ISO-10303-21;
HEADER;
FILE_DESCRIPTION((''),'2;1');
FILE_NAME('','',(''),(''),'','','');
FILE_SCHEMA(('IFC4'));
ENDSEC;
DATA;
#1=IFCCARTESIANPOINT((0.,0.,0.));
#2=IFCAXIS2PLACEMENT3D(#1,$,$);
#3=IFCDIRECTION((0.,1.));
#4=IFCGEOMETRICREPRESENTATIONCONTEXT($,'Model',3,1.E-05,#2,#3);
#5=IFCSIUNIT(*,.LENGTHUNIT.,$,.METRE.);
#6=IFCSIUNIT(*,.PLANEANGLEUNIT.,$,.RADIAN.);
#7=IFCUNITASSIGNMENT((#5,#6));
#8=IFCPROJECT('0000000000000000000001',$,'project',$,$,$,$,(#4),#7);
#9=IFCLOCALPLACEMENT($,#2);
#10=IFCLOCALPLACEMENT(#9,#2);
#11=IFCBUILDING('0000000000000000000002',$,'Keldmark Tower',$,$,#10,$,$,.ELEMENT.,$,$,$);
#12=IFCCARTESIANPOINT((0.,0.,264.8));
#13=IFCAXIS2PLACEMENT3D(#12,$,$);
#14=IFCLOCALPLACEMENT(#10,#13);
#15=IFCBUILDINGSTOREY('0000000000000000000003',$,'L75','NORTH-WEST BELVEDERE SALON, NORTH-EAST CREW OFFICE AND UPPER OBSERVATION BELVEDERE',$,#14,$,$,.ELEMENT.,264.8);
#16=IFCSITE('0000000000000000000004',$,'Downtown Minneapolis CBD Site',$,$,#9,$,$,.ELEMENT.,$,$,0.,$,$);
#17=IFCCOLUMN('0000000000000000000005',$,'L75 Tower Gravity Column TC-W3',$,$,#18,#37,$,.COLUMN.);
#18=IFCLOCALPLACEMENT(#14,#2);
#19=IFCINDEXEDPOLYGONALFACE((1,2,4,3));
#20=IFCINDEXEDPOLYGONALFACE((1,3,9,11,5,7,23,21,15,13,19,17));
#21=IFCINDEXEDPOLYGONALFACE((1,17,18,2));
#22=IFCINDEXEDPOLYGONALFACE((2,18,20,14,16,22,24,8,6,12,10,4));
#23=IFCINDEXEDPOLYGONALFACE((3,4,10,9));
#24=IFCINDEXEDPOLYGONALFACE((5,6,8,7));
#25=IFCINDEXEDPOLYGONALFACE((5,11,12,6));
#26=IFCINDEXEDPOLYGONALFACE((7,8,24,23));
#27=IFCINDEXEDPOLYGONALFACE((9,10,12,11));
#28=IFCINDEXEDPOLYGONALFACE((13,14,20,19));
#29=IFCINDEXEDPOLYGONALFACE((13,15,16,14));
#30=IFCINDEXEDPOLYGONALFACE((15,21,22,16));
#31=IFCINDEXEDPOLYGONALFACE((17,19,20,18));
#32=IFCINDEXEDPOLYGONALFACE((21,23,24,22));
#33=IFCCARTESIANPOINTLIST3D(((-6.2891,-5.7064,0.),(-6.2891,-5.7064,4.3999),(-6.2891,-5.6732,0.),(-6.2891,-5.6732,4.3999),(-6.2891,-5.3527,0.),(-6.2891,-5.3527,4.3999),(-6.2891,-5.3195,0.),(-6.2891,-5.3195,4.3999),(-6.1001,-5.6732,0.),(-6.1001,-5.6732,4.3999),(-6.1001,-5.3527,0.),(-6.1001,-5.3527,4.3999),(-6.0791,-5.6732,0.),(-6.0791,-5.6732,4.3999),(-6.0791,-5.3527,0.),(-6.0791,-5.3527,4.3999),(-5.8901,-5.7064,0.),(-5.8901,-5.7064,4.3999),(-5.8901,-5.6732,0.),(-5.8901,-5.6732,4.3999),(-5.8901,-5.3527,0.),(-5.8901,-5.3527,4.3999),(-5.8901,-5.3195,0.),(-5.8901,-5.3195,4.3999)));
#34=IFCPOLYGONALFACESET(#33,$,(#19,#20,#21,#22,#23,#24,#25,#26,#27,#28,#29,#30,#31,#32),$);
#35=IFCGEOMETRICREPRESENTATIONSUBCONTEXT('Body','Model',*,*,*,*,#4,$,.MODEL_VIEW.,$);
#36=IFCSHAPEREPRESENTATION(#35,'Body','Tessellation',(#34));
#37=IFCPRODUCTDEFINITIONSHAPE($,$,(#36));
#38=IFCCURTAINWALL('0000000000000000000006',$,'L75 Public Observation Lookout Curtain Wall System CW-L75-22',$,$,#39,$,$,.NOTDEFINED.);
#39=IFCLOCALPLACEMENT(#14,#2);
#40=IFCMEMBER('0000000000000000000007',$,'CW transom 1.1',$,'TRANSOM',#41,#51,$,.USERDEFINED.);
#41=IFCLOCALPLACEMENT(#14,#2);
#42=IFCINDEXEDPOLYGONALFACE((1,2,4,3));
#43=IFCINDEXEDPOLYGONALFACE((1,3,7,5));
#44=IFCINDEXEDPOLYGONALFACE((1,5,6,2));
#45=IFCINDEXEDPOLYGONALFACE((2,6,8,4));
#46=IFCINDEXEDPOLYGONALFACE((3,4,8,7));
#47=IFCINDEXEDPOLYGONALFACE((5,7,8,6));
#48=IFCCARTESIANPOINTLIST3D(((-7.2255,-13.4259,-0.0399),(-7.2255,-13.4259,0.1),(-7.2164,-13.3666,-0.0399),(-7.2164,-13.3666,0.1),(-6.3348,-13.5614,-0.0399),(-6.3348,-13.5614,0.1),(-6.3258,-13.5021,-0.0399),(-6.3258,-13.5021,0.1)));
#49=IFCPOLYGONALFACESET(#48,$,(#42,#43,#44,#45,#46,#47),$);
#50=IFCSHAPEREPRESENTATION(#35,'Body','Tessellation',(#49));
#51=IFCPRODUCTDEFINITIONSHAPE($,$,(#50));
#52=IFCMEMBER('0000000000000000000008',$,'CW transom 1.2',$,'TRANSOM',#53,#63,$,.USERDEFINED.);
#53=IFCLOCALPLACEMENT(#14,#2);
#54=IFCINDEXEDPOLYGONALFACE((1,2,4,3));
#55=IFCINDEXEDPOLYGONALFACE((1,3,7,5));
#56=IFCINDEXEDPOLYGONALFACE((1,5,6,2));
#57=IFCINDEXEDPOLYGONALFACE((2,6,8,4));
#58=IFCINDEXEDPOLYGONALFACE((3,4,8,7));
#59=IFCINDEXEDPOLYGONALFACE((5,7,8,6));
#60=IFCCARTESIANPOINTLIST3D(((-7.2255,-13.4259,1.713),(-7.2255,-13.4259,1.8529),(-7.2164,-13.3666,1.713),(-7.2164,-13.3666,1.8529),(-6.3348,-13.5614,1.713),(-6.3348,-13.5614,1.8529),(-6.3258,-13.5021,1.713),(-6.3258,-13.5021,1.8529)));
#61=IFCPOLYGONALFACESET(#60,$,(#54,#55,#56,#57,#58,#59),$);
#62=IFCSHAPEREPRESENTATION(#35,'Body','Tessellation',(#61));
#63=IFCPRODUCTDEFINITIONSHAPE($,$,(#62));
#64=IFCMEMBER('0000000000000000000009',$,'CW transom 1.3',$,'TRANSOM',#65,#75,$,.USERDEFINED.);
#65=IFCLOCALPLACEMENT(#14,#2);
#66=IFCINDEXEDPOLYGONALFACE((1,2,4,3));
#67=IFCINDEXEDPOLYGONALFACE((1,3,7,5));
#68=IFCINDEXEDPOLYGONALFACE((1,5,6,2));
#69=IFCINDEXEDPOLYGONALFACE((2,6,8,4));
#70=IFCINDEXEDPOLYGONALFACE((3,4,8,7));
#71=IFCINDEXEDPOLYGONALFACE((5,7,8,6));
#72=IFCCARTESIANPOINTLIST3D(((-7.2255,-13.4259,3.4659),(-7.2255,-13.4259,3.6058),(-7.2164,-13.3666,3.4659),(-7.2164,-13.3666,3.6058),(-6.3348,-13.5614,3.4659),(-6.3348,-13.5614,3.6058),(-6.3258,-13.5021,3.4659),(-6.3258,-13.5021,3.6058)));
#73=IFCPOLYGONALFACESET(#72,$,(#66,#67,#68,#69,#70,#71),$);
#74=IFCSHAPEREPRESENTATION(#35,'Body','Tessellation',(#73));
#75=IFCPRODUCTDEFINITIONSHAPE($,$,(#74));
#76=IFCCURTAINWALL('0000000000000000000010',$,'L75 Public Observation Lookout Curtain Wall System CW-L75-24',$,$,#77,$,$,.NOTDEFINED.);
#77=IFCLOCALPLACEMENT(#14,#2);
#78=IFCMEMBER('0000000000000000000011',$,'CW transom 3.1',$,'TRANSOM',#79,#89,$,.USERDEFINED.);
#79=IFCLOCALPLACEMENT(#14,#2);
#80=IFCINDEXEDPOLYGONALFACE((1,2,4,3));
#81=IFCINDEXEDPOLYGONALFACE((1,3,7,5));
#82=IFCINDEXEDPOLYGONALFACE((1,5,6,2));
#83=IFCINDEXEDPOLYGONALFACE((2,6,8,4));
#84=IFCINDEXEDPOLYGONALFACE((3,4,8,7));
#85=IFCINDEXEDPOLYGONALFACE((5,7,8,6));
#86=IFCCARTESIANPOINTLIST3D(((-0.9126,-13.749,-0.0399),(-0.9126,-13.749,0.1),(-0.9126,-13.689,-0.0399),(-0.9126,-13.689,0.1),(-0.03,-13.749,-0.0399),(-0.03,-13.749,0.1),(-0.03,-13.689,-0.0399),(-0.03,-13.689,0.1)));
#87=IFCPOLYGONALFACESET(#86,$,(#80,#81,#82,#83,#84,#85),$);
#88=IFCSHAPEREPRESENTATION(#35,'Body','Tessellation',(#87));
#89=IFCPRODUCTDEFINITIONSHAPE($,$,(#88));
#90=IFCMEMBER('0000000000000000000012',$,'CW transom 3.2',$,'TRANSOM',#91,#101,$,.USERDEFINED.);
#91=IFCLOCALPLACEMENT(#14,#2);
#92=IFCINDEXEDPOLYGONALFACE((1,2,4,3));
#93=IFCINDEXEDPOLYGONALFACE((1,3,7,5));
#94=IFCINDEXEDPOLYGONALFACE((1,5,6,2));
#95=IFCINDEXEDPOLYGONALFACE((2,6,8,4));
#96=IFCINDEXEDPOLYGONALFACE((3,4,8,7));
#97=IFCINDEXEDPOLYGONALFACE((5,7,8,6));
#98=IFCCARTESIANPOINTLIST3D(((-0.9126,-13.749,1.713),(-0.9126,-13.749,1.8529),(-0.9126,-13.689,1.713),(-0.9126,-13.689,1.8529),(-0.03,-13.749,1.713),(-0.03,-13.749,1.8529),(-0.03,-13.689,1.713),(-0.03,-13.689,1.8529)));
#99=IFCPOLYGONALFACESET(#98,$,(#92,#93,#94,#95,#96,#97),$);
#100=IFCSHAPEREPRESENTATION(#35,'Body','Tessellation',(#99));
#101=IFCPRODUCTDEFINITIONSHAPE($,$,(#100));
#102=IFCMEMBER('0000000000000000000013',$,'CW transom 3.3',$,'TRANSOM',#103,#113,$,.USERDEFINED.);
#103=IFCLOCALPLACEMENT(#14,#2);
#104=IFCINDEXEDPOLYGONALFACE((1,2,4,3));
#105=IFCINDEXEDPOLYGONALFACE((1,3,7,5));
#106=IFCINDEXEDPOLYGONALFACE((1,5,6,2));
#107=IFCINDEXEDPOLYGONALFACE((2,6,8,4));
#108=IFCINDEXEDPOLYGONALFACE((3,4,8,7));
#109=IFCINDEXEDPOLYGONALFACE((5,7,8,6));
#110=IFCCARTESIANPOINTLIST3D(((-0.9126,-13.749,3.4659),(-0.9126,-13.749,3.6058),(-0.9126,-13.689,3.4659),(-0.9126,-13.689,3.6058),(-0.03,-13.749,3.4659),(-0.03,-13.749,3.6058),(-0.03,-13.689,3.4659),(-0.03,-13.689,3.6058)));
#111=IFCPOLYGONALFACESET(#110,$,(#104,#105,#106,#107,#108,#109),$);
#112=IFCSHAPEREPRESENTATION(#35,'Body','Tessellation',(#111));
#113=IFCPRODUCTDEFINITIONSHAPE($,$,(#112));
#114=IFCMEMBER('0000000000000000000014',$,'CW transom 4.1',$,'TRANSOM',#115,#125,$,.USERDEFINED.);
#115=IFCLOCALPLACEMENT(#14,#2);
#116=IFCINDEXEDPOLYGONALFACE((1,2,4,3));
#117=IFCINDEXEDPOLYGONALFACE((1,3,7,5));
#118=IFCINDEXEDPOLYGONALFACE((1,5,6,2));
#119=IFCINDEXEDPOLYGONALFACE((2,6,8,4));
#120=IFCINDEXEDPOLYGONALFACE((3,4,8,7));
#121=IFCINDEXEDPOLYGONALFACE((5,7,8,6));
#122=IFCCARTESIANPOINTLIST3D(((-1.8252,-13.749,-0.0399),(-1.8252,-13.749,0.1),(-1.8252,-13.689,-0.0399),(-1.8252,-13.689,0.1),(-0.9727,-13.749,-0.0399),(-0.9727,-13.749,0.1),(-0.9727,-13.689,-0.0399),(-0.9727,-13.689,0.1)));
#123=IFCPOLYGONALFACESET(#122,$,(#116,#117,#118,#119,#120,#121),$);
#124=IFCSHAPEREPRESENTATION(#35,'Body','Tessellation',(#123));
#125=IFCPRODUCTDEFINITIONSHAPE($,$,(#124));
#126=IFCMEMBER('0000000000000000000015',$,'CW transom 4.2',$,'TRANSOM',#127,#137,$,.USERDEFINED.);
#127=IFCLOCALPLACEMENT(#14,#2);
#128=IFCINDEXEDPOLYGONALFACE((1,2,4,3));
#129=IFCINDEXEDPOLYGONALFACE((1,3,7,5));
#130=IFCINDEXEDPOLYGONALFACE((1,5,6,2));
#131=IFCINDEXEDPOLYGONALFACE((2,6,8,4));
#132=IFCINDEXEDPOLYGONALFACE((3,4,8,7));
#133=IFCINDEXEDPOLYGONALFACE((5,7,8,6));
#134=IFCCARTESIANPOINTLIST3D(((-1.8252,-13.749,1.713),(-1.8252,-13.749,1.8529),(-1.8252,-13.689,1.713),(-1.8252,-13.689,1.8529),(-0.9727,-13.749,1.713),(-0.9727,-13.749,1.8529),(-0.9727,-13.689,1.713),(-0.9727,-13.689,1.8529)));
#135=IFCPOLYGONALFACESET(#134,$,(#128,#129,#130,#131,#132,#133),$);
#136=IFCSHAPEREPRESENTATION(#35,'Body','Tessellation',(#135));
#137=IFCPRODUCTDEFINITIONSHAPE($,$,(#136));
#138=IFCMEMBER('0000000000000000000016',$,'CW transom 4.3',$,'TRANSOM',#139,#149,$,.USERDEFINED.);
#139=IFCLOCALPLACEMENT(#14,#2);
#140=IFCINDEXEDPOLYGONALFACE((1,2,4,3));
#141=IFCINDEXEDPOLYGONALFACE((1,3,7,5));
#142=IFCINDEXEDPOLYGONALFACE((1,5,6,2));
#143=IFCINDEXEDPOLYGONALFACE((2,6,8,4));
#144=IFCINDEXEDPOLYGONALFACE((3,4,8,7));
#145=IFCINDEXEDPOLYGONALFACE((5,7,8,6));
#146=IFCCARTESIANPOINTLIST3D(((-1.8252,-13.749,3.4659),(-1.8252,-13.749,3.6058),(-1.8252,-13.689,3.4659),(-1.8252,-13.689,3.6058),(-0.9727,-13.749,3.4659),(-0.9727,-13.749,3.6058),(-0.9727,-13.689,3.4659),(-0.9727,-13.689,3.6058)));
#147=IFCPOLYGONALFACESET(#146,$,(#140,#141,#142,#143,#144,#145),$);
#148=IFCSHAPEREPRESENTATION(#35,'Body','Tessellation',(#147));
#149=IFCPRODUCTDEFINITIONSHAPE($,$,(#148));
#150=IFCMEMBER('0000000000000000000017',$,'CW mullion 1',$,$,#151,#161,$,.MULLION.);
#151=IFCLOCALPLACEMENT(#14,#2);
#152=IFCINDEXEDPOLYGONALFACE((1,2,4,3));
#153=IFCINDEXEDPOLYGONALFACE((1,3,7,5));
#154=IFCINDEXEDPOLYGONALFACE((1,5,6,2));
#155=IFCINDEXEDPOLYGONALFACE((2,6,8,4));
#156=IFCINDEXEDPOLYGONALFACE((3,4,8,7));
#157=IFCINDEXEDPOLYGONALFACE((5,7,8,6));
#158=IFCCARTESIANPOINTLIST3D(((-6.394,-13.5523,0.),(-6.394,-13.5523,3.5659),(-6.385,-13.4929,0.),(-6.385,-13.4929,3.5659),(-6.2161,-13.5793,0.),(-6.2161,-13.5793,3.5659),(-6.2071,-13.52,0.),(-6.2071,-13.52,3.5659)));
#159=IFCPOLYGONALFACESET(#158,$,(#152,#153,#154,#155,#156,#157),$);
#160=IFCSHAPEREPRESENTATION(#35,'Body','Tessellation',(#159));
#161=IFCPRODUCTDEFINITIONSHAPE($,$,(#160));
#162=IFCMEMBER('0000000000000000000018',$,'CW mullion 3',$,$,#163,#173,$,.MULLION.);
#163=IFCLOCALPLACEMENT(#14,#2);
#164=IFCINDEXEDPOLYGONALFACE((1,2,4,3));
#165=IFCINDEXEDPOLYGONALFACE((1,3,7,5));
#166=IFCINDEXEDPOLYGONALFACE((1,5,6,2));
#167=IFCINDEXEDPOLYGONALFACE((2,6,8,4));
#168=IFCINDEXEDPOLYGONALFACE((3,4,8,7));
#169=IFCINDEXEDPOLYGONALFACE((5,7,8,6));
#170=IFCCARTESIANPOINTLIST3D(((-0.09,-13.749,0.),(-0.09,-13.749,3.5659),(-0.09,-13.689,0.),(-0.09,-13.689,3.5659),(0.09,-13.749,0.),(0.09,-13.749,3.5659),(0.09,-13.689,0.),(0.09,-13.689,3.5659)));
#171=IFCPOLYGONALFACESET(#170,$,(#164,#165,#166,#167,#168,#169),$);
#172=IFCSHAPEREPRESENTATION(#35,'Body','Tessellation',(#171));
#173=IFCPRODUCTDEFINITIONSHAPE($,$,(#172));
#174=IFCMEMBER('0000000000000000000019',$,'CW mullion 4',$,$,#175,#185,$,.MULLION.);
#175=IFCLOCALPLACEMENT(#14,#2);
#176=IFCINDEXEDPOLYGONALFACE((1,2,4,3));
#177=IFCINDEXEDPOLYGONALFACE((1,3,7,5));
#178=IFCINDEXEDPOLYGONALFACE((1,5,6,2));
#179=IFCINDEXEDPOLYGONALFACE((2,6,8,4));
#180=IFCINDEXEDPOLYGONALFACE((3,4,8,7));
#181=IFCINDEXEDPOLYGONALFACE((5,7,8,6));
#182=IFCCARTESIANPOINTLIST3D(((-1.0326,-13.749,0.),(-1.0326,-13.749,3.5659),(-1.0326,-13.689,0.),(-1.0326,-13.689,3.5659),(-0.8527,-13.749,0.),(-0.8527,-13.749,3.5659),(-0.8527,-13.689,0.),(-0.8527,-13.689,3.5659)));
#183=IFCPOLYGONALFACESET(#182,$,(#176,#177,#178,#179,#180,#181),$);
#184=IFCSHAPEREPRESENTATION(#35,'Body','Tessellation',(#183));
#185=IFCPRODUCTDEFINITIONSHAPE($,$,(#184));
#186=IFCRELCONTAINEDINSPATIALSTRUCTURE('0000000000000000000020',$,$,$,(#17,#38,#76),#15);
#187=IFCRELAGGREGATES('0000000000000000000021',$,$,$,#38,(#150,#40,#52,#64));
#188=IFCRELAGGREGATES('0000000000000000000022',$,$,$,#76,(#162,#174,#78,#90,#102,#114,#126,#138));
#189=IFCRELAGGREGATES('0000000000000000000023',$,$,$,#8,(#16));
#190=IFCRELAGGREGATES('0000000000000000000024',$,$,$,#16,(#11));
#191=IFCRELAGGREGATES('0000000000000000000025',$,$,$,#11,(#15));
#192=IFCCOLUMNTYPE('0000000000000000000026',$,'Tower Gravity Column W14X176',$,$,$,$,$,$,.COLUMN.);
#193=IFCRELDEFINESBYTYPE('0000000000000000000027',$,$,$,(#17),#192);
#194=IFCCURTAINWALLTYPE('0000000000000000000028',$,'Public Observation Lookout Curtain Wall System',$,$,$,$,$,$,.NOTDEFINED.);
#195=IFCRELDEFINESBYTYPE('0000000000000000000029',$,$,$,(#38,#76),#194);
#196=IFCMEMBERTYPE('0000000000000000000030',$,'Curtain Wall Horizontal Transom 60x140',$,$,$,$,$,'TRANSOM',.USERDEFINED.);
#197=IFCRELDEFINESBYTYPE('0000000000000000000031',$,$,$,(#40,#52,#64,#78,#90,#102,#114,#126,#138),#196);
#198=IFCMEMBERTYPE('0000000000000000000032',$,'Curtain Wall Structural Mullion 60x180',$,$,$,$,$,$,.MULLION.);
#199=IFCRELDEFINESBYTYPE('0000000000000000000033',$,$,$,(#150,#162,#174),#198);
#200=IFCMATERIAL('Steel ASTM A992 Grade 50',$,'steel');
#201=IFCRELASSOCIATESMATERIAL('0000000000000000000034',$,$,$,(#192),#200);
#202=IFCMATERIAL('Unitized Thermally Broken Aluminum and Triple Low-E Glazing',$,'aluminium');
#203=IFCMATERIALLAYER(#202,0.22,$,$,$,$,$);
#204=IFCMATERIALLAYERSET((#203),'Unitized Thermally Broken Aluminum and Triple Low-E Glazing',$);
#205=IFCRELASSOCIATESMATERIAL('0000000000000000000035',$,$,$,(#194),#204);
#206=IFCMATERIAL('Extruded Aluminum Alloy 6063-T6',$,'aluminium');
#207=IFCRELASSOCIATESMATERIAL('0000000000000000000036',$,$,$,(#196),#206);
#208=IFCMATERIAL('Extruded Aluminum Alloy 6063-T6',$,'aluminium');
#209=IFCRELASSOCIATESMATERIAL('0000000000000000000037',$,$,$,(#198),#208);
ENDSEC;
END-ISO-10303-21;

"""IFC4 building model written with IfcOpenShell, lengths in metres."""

from ifc_helpers import new_model, si_unit, direction, frame, origin, origin_2d, place, context, subcontext, project, spatial, rectangle, i_section, extrude, material, layer, layer_set, material_profile, profile_set, type_object, element, aggregate, save


model = new_model("IFC4")

# Units and contexts
model_context = context("Model", 3, precision=1e-05, world=origin(), true_north=direction((0.0, 1.0)))
body_context = subcontext(model_context, "Body", "Model", "MODEL_VIEW")
ifc_project = project(units=[si_unit("LENGTHUNIT", "METRE"), si_unit("PLANEANGLEUNIT", "RADIAN")], contexts=[model_context])

# Site, building, storey
site_placement = place(None, origin())
site = spatial("IfcSite", under=ifc_project, at=site_placement, Name="Downtown Minneapolis CBD Site", CompositionType="ELEMENT", RefElevation=0.0)
building_placement = place(site_placement, origin())
building = spatial("IfcBuilding", under=site, at=building_placement, Name="Keldmark Tower", CompositionType="ELEMENT")
storey_placement = place(building_placement, frame((0.0, 0.0, 264.8)))
storey = spatial("IfcBuildingStorey", under=building, at=storey_placement, Name="L75", Description="NORTH-WEST BELVEDERE SALON, NORTH-EAST CREW OFFICE AND UPPER OBSERVATION BELVEDERE", CompositionType="ELEMENT", Elevation=264.8)

# Column
ifc_material_1 = material(Name="Steel ASTM A992 Grade 50", Category="steel")
ifc_material_profile_1 = material_profile(ifc_material_1, i_section(OverallWidth=0.3989, OverallDepth=0.387, WebThickness=0.021, FlangeThickness=0.0332, at=origin_2d()), Name="W14X176")
ifc_profile_set_1 = profile_set([ifc_material_profile_1], Name="Steel ASTM A992 Grade 50")
column_type = type_object("IfcColumnType", Name="Tower Gravity Column W14X176", PredefinedType="COLUMN", material=ifc_profile_set_1)
column_placement = place(storey_placement, frame((-6.0896, -5.5129, 0.0), z_axis=(0.0, 0.0, 1.0), x_axis=(1.0, 0.0, 0.0)))
element("IfcColumn", 1, at=column_placement, inside=storey, type_object=column_type, Name="L75 Tower Gravity Column TC-W3", PredefinedType="COLUMN", context=body_context, shape_type="SweptSolid", body=[
    extrude(i_section(OverallWidth=0.3989, OverallDepth=0.387, WebThickness=0.021, FlangeThickness=0.0332, at=origin_2d()), origin(), (0.0, 0.0, 1.0), 4.3999),
])

# Curtain walls, members
ifc_material_2 = material(Name="Unitized Thermally Broken Aluminum and Triple Low-E Glazing", Category="aluminium")
ifc_layer_1 = layer(ifc_material_2, 0.22)
ifc_layer_set_1 = layer_set([ifc_layer_1], Name="Unitized Thermally Broken Aluminum and Triple Low-E Glazing")
curtain_wall_type = type_object("IfcCurtainWallType", Name="Public Observation Lookout Curtain Wall System", PredefinedType="NOTDEFINED", material=ifc_layer_set_1)
curtain_wall_1_placement = place(storey_placement, origin())
curtain_wall_1 = element("IfcCurtainWall", 2, at=curtain_wall_1_placement, inside=storey, type_object=curtain_wall_type, Name="L75 Public Observation Lookout Curtain Wall System CW-L75-22", PredefinedType="NOTDEFINED")
ifc_material_3 = material(Name="Extruded Aluminum Alloy 6063-T6", Category="aluminium")
ifc_material_profile_2 = material_profile(ifc_material_3, rectangle(XDim=0.0601, YDim=0.1399, at=origin_2d()), Name="CWT60X140")
ifc_profile_set_2 = profile_set([ifc_material_profile_2], Name="Extruded Aluminum Alloy 6063-T6")
member_type_1 = type_object("IfcMemberType", Name="Curtain Wall Horizontal Transom 60x140", ElementType="TRANSOM", PredefinedType="USERDEFINED", material=ifc_profile_set_2)
member_1_placement = place(storey_placement, frame((-6.3303, -13.5317, 0.03), z_axis=(-0.988624, 0.150407, 0.0), x_axis=(-0.150407, -0.988624, 0.0)))
member_1 = element("IfcMember", 3, at=member_1_placement, type_object=member_type_1, Name="CW transom 1.1", ObjectType="TRANSOM", PredefinedType="USERDEFINED", context=body_context, shape_type="SweptSolid", body=[
    extrude(rectangle(XDim=0.0601, YDim=0.1399, at=origin_2d()), origin(), (0.0, 0.0, 1.0), 0.9009),
])
member_2_placement = place(storey_placement, frame((-6.3303, -13.5317, 1.783), z_axis=(-0.988624, 0.150407, 0.0), x_axis=(-0.150407, -0.988624, 0.0)))
member_2 = element("IfcMember", 4, at=member_2_placement, type_object=member_type_1, Name="CW transom 1.2", ObjectType="TRANSOM", PredefinedType="USERDEFINED", context=body_context, shape_type="SweptSolid", body=[
    extrude(rectangle(XDim=0.0601, YDim=0.1399, at=origin_2d()), origin(), (0.0, 0.0, 1.0), 0.9009),
])
member_3_placement = place(storey_placement, frame((-6.3303, -13.5317, 3.5359), z_axis=(-0.988624, 0.150407, 0.0), x_axis=(-0.150407, -0.988624, 0.0)))
member_3 = element("IfcMember", 5, at=member_3_placement, type_object=member_type_1, Name="CW transom 1.3", ObjectType="TRANSOM", PredefinedType="USERDEFINED", context=body_context, shape_type="SweptSolid", body=[
    extrude(rectangle(XDim=0.0601, YDim=0.1399, at=origin_2d()), origin(), (0.0, 0.0, 1.0), 0.9009),
])
curtain_wall_2_placement = place(storey_placement, origin())
curtain_wall_2 = element("IfcCurtainWall", 6, at=curtain_wall_2_placement, inside=storey, type_object=curtain_wall_type, Name="L75 Public Observation Lookout Curtain Wall System CW-L75-24", PredefinedType="NOTDEFINED")
member_4_placement = place(storey_placement, frame((-0.03, -13.719, 0.03), z_axis=(-1.0, 0.0, 0.0), x_axis=(0.0, -1.0, 0.0)))
member_4 = element("IfcMember", 7, at=member_4_placement, type_object=member_type_1, Name="CW transom 3.1", ObjectType="TRANSOM", PredefinedType="USERDEFINED", context=body_context, shape_type="SweptSolid", body=[
    extrude(rectangle(XDim=0.0601, YDim=0.1399, at=origin_2d()), origin(), (0.0, 0.0, 1.0), 0.8826),
])
member_5_placement = place(storey_placement, frame((-0.03, -13.719, 1.783), z_axis=(-1.0, 0.0, 0.0), x_axis=(0.0, -1.0, 0.0)))
member_5 = element("IfcMember", 8, at=member_5_placement, type_object=member_type_1, Name="CW transom 3.2", ObjectType="TRANSOM", PredefinedType="USERDEFINED", context=body_context, shape_type="SweptSolid", body=[
    extrude(rectangle(XDim=0.0601, YDim=0.1399, at=origin_2d()), origin(), (0.0, 0.0, 1.0), 0.8826),
])
member_6_placement = place(storey_placement, frame((-0.03, -13.719, 3.5359), z_axis=(-1.0, 0.0, 0.0), x_axis=(0.0, -1.0, 0.0)))
member_6 = element("IfcMember", 9, at=member_6_placement, type_object=member_type_1, Name="CW transom 3.3", ObjectType="TRANSOM", PredefinedType="USERDEFINED", context=body_context, shape_type="SweptSolid", body=[
    extrude(rectangle(XDim=0.0601, YDim=0.1399, at=origin_2d()), origin(), (0.0, 0.0, 1.0), 0.8826),
])
member_7_placement = place(storey_placement, frame((-0.9727, -13.719, 0.03), z_axis=(-1.0, 0.0, 0.0), x_axis=(0.0, -1.0, 0.0)))
member_7 = element("IfcMember", 10, at=member_7_placement, type_object=member_type_1, Name="CW transom 4.1", ObjectType="TRANSOM", PredefinedType="USERDEFINED", context=body_context, shape_type="SweptSolid", body=[
    extrude(rectangle(XDim=0.0601, YDim=0.1399, at=origin_2d()), origin(), (0.0, 0.0, 1.0), 0.8525),
])
member_8_placement = place(storey_placement, frame((-0.9727, -13.719, 1.783), z_axis=(-1.0, 0.0, 0.0), x_axis=(0.0, -1.0, 0.0)))
member_8 = element("IfcMember", 11, at=member_8_placement, type_object=member_type_1, Name="CW transom 4.2", ObjectType="TRANSOM", PredefinedType="USERDEFINED", context=body_context, shape_type="SweptSolid", body=[
    extrude(rectangle(XDim=0.0601, YDim=0.1399, at=origin_2d()), origin(), (0.0, 0.0, 1.0), 0.8525),
])
member_9_placement = place(storey_placement, frame((-0.9727, -13.719, 3.5359), z_axis=(-1.0, 0.0, 0.0), x_axis=(0.0, -1.0, 0.0)))
member_9 = element("IfcMember", 12, at=member_9_placement, type_object=member_type_1, Name="CW transom 4.3", ObjectType="TRANSOM", PredefinedType="USERDEFINED", context=body_context, shape_type="SweptSolid", body=[
    extrude(rectangle(XDim=0.0601, YDim=0.1399, at=origin_2d()), origin(), (0.0, 0.0, 1.0), 0.8525),
])

# Members
ifc_material_4 = material(Name="Extruded Aluminum Alloy 6063-T6", Category="aluminium")
ifc_material_profile_3 = material_profile(ifc_material_4, rectangle(XDim=0.0601, YDim=0.1799, at=origin_2d()), Name="CWM60X180")
ifc_profile_set_3 = profile_set([ifc_material_profile_3], Name="Extruded Aluminum Alloy 6063-T6")
member_type_2 = type_object("IfcMemberType", Name="Curtain Wall Structural Mullion 60x180", PredefinedType="MULLION", material=ifc_profile_set_3)
member_10_placement = place(storey_placement, frame((-6.3005, -13.5361, 0.0), z_axis=(0.0, 0.0, 1.0), x_axis=(-0.150337, -0.988635, 0.0)))
member_10 = element("IfcMember", 13, at=member_10_placement, type_object=member_type_2, Name="CW mullion 1", PredefinedType="MULLION", context=body_context, shape_type="SweptSolid", body=[
    extrude(rectangle(XDim=0.0601, YDim=0.1799, at=origin_2d()), origin(), (0.0, 0.0, 1.0), 3.5659),
])
aggregate(curtain_wall_1, [member_10, member_1, member_2, member_3])
member_11_placement = place(storey_placement, frame((0.0, -13.719, 0.0), z_axis=(0.0, 0.0, 1.0), x_axis=(0.0, -1.0, 0.0)))
member_11 = element("IfcMember", 14, at=member_11_placement, type_object=member_type_2, Name="CW mullion 3", PredefinedType="MULLION", context=body_context, shape_type="SweptSolid", body=[
    extrude(rectangle(XDim=0.0601, YDim=0.1799, at=origin_2d()), origin(), (0.0, 0.0, 1.0), 3.5659),
])
member_12_placement = place(storey_placement, frame((-0.9426, -13.719, 0.0), z_axis=(0.0, 0.0, 1.0), x_axis=(0.0, -1.0, 0.0)))
member_12 = element("IfcMember", 15, at=member_12_placement, type_object=member_type_2, Name="CW mullion 4", PredefinedType="MULLION", context=body_context, shape_type="SweptSolid", body=[
    extrude(rectangle(XDim=0.0601, YDim=0.1799, at=origin_2d()), origin(), (0.0, 0.0, 1.0), 3.5659),
])

aggregate(curtain_wall_2, [member_11, member_12, member_4, member_5, member_6, member_7, member_8, member_9])

save(model, "model.ifc")
